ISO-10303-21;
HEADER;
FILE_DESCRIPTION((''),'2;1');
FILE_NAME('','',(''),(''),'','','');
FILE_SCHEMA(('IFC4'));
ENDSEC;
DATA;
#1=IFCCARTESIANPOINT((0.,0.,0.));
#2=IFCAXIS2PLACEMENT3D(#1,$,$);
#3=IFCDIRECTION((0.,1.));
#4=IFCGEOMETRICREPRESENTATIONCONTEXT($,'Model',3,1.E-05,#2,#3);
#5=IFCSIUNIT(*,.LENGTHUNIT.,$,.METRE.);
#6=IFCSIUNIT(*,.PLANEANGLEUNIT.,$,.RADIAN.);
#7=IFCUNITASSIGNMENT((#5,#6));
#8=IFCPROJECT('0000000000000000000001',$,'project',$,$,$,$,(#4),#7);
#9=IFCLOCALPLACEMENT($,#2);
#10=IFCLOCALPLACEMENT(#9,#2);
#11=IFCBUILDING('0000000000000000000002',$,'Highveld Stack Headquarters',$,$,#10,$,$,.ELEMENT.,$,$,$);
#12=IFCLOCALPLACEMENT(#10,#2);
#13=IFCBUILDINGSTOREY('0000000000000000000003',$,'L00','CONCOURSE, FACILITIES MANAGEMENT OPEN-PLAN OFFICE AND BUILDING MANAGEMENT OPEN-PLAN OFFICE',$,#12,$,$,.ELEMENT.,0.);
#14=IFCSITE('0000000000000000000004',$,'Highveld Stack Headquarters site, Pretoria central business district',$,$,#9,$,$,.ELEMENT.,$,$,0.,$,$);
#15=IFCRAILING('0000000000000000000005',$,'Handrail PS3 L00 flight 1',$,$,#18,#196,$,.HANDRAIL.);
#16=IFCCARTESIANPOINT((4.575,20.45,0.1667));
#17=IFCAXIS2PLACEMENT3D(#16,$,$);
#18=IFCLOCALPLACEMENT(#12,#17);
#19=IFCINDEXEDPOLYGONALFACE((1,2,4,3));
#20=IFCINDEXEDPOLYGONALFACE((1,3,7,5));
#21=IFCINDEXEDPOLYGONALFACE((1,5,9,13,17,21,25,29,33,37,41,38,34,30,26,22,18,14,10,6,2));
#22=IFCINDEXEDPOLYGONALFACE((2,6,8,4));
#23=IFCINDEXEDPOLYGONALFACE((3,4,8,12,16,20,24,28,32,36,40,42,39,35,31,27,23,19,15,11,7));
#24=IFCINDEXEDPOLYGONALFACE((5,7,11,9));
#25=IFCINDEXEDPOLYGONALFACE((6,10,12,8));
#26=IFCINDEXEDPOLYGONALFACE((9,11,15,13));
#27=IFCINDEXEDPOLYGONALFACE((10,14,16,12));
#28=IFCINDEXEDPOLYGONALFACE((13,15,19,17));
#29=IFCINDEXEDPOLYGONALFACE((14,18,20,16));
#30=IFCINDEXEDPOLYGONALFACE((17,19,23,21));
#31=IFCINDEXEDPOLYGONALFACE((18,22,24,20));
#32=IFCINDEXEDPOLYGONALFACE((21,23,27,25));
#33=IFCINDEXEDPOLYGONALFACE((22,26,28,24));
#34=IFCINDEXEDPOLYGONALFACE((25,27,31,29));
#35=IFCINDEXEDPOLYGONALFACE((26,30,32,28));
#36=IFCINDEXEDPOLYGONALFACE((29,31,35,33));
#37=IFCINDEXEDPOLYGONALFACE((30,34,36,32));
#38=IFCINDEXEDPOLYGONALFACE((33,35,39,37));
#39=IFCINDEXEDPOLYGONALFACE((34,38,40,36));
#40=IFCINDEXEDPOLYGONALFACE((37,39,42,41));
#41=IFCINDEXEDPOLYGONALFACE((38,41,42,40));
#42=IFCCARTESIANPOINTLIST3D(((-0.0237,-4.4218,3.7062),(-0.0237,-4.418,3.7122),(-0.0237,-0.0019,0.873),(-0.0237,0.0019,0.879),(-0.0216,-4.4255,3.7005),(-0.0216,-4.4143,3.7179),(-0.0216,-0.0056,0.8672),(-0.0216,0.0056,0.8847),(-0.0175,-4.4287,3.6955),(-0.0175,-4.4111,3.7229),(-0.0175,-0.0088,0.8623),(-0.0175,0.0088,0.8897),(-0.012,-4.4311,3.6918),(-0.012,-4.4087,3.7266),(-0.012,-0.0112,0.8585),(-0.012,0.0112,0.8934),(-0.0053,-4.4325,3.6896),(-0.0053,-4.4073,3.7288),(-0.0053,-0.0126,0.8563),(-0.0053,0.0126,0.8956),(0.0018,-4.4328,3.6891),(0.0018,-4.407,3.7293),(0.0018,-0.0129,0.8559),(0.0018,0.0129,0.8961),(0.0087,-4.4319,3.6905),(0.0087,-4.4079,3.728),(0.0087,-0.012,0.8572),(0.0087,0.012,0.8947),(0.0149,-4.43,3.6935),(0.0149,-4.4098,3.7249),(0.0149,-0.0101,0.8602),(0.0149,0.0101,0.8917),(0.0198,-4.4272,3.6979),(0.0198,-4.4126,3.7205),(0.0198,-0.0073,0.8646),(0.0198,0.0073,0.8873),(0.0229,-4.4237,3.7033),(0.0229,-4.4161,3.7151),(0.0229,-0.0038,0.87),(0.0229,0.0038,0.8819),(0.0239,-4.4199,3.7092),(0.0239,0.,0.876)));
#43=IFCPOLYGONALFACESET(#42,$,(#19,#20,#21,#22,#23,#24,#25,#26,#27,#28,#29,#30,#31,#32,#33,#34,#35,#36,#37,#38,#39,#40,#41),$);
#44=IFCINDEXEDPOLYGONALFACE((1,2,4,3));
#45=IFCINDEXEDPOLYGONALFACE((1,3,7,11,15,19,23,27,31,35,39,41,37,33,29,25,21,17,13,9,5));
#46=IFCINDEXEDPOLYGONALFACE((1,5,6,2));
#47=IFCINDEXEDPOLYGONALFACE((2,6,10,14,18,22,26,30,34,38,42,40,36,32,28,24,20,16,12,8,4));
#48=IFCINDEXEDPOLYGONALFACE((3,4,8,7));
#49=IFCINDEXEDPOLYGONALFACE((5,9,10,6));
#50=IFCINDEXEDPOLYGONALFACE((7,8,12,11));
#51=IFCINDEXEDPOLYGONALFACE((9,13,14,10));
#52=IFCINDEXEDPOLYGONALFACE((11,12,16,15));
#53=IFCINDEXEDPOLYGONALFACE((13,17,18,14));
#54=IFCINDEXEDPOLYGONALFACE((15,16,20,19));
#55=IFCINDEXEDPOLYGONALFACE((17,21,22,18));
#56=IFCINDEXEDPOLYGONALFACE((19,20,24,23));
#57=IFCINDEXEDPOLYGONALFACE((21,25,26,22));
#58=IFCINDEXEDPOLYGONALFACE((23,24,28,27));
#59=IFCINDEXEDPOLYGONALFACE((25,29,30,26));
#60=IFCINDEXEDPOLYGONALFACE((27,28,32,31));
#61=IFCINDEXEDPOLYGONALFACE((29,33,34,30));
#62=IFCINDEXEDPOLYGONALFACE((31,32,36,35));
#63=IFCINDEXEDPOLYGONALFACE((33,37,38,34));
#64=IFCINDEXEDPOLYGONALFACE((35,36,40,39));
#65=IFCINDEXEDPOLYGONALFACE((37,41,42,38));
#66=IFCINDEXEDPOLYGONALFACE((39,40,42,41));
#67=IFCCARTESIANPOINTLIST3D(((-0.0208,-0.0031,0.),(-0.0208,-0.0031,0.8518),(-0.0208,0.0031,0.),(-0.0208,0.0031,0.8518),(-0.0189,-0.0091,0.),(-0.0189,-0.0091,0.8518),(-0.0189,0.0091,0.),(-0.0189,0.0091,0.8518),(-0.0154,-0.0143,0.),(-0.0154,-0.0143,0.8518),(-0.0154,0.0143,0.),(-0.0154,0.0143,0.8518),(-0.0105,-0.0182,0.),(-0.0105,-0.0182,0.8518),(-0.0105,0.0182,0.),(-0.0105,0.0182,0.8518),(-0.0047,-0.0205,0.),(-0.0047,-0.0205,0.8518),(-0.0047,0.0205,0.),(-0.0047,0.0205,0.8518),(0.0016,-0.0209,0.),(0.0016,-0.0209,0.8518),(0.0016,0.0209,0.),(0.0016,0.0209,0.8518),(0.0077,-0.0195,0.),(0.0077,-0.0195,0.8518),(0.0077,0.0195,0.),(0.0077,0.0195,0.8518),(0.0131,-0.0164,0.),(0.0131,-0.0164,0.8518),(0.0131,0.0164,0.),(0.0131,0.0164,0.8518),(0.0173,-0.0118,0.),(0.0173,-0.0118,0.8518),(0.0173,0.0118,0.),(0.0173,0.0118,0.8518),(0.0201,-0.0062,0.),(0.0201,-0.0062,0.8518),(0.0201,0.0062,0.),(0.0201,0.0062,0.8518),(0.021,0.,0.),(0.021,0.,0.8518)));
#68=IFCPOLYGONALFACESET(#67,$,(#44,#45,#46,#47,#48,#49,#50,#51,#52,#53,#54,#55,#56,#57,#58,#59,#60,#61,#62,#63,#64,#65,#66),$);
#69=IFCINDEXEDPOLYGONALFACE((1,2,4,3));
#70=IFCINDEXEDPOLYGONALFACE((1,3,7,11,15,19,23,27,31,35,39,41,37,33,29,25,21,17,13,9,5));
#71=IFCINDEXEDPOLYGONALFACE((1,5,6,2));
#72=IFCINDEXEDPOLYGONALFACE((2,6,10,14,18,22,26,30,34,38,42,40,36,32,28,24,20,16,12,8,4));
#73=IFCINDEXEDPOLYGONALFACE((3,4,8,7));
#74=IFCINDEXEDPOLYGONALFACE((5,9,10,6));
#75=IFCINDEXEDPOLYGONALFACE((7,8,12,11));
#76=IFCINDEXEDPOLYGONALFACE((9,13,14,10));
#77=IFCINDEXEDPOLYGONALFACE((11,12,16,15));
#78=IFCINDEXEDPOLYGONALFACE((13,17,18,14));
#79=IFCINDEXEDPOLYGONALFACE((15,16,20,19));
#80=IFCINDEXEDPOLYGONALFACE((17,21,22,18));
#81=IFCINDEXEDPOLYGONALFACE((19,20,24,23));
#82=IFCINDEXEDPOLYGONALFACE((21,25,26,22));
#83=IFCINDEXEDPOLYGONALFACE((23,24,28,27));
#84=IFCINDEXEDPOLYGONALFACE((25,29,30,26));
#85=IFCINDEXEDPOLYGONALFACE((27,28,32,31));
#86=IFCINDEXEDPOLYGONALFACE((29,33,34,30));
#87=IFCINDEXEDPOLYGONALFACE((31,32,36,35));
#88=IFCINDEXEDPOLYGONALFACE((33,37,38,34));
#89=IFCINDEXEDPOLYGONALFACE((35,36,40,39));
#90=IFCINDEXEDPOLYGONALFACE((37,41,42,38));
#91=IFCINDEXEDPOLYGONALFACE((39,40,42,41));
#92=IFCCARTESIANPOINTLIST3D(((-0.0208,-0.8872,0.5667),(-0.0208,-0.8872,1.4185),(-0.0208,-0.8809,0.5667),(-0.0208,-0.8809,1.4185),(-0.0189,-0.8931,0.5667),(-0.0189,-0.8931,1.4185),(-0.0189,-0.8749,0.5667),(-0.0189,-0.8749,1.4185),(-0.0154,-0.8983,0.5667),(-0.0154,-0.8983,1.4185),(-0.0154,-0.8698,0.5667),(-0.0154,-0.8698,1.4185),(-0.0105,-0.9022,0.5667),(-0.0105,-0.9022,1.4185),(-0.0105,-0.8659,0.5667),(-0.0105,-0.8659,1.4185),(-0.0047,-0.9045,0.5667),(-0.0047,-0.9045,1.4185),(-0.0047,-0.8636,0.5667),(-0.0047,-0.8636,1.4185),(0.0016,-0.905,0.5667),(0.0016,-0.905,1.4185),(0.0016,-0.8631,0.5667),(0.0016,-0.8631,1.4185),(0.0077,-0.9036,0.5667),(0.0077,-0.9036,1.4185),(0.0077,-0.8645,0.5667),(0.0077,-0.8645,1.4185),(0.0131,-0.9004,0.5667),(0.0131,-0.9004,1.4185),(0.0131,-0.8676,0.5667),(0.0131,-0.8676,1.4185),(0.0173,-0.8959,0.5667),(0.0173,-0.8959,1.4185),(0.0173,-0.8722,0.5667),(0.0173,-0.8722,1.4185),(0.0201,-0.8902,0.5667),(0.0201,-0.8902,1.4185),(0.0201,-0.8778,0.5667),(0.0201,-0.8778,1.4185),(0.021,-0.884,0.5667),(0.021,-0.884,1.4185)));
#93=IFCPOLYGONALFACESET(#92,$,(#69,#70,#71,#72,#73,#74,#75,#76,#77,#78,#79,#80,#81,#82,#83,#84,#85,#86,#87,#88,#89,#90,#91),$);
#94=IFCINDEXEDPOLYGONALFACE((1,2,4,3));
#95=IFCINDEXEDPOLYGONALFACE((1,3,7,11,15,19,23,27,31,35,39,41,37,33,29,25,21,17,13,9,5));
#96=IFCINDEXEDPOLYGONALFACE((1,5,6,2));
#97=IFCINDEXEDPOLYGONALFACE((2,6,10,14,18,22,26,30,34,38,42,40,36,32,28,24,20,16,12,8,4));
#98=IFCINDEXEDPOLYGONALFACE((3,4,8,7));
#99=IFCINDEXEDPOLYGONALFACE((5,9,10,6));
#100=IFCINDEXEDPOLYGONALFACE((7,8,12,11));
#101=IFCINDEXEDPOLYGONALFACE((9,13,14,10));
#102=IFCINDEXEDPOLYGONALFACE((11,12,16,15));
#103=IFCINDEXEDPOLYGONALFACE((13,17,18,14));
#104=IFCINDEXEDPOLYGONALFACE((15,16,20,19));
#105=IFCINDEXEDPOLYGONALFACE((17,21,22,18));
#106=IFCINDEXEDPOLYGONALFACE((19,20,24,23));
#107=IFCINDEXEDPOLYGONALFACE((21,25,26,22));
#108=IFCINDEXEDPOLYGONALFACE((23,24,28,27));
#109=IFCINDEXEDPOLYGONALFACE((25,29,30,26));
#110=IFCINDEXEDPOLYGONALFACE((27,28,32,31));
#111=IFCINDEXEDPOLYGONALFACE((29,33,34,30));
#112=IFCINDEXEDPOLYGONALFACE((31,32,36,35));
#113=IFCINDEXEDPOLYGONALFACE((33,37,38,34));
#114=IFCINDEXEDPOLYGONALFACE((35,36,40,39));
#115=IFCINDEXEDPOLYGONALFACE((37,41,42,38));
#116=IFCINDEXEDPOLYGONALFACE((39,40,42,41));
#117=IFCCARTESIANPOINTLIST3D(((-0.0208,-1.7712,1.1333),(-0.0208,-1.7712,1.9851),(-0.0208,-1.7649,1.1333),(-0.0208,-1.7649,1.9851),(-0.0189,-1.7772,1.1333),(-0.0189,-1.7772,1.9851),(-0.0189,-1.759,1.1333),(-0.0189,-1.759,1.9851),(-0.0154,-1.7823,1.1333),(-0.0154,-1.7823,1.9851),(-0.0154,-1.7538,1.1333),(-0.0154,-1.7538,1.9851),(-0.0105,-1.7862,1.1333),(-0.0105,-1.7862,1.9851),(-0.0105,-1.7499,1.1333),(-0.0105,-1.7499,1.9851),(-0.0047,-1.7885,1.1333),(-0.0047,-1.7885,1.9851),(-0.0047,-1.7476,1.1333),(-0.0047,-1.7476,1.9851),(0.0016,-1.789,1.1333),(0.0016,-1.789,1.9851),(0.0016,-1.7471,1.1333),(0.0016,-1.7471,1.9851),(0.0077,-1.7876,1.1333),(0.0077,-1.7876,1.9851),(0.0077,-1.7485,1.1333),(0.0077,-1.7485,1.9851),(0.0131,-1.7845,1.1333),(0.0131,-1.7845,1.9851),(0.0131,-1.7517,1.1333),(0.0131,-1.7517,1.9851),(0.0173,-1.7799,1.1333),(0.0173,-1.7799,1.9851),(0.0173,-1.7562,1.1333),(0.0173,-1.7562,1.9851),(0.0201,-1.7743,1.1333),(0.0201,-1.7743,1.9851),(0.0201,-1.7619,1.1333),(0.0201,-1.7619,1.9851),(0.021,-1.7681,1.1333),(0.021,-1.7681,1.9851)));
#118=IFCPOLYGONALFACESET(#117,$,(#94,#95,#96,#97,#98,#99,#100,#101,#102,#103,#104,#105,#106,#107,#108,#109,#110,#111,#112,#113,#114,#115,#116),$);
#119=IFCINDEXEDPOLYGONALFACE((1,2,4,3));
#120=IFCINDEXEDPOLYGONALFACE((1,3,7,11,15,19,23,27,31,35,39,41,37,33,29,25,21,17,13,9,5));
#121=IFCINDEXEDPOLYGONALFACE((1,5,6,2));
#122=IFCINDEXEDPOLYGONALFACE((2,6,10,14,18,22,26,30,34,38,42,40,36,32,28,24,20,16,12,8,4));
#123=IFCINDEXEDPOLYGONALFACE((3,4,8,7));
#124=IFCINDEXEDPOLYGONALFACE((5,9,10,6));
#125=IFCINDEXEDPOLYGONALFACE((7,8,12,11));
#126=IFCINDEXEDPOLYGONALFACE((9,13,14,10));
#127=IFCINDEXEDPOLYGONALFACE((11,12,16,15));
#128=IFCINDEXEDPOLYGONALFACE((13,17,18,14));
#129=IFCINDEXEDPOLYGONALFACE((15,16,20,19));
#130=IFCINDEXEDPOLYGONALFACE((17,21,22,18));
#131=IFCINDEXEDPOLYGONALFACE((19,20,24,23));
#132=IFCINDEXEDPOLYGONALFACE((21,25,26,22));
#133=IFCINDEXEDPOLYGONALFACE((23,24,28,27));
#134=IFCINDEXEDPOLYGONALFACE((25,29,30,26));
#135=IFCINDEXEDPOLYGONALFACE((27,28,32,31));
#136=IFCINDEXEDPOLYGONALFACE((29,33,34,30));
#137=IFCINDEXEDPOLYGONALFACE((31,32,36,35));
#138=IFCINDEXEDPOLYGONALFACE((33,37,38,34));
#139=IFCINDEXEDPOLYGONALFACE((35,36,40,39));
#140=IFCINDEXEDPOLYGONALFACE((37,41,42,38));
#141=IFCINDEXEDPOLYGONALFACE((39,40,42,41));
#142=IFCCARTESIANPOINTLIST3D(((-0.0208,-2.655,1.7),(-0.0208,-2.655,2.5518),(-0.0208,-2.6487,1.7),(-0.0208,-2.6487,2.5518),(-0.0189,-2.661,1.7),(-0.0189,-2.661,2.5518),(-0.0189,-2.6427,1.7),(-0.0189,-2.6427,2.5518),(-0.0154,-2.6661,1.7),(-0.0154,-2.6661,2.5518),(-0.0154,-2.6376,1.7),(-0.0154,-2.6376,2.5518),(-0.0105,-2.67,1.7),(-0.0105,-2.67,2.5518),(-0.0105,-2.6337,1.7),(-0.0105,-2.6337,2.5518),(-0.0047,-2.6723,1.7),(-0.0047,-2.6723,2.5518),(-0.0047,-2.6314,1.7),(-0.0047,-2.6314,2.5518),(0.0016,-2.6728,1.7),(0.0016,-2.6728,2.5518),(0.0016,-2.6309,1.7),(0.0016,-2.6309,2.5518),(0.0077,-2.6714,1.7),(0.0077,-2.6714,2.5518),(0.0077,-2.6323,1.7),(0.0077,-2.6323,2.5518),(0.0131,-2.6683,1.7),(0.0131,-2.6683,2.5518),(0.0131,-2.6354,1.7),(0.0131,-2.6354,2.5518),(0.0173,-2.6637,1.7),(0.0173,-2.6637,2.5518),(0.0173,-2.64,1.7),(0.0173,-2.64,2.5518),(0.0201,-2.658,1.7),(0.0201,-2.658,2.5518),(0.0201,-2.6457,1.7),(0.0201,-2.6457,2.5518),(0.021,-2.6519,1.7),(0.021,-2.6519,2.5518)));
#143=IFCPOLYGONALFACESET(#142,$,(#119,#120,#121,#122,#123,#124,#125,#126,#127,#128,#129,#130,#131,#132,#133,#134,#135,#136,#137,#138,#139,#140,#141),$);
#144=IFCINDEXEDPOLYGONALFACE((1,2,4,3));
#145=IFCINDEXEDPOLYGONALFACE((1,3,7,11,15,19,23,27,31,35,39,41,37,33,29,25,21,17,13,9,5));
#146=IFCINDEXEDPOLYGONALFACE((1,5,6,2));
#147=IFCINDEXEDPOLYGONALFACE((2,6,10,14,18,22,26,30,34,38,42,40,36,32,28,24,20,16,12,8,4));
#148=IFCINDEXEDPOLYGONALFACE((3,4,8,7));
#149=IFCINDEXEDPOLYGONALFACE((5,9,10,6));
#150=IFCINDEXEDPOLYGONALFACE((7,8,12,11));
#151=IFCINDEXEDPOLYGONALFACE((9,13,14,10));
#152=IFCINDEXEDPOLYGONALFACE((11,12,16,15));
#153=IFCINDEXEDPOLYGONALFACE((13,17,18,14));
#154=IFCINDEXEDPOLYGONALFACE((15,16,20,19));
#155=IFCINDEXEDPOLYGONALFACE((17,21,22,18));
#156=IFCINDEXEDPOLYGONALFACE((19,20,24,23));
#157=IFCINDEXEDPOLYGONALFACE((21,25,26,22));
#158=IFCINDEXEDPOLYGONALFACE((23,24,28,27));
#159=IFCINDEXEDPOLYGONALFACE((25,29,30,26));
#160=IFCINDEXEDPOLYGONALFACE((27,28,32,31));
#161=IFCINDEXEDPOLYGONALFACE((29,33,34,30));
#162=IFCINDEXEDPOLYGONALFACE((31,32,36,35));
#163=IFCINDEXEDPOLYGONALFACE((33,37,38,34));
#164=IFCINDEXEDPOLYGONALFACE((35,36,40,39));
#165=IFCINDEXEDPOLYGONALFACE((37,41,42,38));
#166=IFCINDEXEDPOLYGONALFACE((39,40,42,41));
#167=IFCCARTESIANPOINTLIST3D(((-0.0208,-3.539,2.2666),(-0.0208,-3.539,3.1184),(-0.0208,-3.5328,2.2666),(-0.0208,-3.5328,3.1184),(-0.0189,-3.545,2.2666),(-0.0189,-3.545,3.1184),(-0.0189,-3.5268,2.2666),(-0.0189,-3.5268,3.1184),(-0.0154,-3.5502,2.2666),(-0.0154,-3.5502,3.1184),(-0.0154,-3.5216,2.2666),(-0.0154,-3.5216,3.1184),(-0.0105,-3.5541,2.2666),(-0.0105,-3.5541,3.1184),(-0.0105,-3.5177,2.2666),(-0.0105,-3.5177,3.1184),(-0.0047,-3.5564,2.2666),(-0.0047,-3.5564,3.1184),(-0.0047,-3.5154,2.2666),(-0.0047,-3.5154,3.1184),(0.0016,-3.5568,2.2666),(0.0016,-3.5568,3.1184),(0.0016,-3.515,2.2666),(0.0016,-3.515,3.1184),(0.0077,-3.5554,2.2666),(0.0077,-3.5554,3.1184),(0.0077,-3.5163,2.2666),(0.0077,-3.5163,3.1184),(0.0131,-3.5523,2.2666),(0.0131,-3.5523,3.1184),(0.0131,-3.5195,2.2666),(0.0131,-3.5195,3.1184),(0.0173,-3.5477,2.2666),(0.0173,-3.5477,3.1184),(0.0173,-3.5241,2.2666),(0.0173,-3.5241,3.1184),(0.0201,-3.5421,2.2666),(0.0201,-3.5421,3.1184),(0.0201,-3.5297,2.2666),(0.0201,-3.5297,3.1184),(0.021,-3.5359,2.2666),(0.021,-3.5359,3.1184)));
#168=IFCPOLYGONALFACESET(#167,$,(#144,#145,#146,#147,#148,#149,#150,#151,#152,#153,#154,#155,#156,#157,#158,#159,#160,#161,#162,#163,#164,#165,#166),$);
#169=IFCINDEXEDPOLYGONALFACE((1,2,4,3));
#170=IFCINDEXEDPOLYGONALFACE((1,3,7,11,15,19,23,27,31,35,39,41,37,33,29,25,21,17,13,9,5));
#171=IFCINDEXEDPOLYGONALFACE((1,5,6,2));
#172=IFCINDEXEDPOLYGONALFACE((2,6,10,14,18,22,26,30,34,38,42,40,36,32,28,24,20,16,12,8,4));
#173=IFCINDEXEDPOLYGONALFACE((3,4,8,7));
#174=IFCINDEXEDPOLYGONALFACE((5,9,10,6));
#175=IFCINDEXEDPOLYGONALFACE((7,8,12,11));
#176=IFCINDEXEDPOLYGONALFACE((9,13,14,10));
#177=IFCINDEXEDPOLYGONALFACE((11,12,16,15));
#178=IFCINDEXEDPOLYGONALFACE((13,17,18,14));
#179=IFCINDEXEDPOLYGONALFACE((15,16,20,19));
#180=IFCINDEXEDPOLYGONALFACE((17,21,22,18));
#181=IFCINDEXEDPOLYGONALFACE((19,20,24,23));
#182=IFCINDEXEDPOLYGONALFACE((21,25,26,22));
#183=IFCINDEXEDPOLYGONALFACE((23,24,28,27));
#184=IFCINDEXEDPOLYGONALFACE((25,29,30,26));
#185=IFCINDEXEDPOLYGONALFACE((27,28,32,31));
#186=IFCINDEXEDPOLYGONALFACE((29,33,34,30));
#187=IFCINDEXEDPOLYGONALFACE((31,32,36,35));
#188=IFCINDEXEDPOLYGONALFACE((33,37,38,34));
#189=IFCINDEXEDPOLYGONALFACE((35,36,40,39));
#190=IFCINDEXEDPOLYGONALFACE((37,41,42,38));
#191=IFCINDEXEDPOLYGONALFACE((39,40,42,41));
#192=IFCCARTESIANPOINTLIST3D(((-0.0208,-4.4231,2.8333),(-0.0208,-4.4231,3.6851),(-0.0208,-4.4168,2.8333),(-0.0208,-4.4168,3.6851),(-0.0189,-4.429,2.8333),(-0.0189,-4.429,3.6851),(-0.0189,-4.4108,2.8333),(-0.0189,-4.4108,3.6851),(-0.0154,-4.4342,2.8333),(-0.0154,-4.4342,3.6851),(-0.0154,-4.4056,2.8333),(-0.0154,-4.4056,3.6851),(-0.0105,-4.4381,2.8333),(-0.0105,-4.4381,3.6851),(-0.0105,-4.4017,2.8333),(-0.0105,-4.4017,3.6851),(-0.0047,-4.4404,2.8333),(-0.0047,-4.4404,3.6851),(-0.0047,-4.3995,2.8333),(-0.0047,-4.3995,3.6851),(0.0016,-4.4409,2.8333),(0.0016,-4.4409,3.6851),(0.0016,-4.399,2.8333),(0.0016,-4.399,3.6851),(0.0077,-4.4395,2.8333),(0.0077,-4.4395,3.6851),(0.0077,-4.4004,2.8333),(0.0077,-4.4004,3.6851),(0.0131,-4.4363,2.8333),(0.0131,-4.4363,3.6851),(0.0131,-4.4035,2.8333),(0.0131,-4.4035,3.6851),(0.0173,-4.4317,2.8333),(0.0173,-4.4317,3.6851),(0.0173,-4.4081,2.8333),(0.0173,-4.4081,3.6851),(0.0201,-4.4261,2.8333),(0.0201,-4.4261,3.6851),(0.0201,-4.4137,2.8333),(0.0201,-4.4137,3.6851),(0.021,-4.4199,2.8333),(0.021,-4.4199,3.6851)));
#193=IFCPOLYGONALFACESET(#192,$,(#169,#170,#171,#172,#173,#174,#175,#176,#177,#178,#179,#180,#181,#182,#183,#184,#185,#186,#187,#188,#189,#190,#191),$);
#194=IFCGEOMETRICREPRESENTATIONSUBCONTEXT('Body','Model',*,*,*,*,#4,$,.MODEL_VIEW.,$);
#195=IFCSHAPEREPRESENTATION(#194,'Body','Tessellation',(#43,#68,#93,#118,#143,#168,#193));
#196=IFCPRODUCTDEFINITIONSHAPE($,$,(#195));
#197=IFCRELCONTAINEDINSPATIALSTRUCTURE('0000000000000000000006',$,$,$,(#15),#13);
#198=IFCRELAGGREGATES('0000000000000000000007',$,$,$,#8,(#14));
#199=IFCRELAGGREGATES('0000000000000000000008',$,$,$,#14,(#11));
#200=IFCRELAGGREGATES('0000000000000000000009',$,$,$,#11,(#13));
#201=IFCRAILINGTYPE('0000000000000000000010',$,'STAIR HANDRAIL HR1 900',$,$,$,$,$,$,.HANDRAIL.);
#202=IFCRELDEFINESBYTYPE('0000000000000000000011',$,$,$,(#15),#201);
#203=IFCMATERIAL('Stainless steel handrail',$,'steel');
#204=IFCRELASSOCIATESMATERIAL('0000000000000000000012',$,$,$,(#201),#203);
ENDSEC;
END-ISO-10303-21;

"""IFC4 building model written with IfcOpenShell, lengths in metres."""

from ifc_helpers import new_model, si_unit, direction, frame, origin, origin_2d, place, context, subcontext, project, spatial, circle, extrude, material, type_object, element, save


model = new_model("IFC4")

# Units and contexts
model_context = context("Model", 3, precision=1e-05, world=origin(), true_north=direction((0.0, 1.0)))
body_context = subcontext(model_context, "Body", "Model", "MODEL_VIEW")
ifc_project = project(units=[si_unit("LENGTHUNIT", "METRE"), si_unit("PLANEANGLEUNIT", "RADIAN")], contexts=[model_context])

# Site, building, storey
site_placement = place(None, origin())
site = spatial("IfcSite", under=ifc_project, at=site_placement, Name="Highveld Stack Headquarters site, Pretoria central business district", CompositionType="ELEMENT", RefElevation=0.0)
building_placement = place(site_placement, origin())
building = spatial("IfcBuilding", under=site, at=building_placement, Name="Highveld Stack Headquarters", CompositionType="ELEMENT")
storey_placement = place(building_placement, origin())
storey = spatial("IfcBuildingStorey", under=building, at=storey_placement, Name="L00", Description="CONCOURSE, FACILITIES MANAGEMENT OPEN-PLAN OFFICE AND BUILDING MANAGEMENT OPEN-PLAN OFFICE", CompositionType="ELEMENT", Elevation=0.0)

# Railing
ifc_material_1 = material(Name="Stainless steel handrail", Category="steel")
railing_type = type_object("IfcRailingType", Name="STAIR HANDRAIL HR1 900", PredefinedType="HANDRAIL", material=ifc_material_1)
for number, where, name in (
    (1, (4.575, 20.45, 0.1667), "Handrail PS3 L00 flight 1"),
):
    element("IfcRailing", number, at=place(storey_placement, frame(where)), inside=storey, type_object=railing_type, Name=name, PredefinedType="HANDRAIL", context=body_context, shape_type="SweptSolid", body=[
        extrude(circle(Radius=0.0239, at=origin_2d()), frame((0.0, 0.0, 0.876), z_axis=(0.0, -0.841882, 0.539662), x_axis=(1.0, 0.0, 0.0)), (0.0, 0.0, 1.0), 5.25),
        extrude(circle(Radius=0.021, at=origin_2d()), origin(), (0.0, 0.0, 1.0), 0.8518),
        extrude(circle(Radius=0.021, at=origin_2d()), frame((0.0, -0.884, 0.5667)), (0.0, 0.0, 1.0), 0.8518),
        extrude(circle(Radius=0.021, at=origin_2d()), frame((0.0, -1.7681, 1.1333)), (0.0, 0.0, 1.0), 0.8518),
        extrude(circle(Radius=0.021, at=origin_2d()), frame((0.0, -2.6519, 1.7)), (0.0, 0.0, 1.0), 0.8518),
        extrude(circle(Radius=0.021, at=origin_2d()), frame((0.0, -3.5359, 2.2666)), (0.0, 0.0, 1.0), 0.8518),
        extrude(circle(Radius=0.021, at=origin_2d()), frame((0.0, -4.4199, 2.8333)), (0.0, 0.0, 1.0), 0.8518),
    ])

save(model, "model.ifc")
